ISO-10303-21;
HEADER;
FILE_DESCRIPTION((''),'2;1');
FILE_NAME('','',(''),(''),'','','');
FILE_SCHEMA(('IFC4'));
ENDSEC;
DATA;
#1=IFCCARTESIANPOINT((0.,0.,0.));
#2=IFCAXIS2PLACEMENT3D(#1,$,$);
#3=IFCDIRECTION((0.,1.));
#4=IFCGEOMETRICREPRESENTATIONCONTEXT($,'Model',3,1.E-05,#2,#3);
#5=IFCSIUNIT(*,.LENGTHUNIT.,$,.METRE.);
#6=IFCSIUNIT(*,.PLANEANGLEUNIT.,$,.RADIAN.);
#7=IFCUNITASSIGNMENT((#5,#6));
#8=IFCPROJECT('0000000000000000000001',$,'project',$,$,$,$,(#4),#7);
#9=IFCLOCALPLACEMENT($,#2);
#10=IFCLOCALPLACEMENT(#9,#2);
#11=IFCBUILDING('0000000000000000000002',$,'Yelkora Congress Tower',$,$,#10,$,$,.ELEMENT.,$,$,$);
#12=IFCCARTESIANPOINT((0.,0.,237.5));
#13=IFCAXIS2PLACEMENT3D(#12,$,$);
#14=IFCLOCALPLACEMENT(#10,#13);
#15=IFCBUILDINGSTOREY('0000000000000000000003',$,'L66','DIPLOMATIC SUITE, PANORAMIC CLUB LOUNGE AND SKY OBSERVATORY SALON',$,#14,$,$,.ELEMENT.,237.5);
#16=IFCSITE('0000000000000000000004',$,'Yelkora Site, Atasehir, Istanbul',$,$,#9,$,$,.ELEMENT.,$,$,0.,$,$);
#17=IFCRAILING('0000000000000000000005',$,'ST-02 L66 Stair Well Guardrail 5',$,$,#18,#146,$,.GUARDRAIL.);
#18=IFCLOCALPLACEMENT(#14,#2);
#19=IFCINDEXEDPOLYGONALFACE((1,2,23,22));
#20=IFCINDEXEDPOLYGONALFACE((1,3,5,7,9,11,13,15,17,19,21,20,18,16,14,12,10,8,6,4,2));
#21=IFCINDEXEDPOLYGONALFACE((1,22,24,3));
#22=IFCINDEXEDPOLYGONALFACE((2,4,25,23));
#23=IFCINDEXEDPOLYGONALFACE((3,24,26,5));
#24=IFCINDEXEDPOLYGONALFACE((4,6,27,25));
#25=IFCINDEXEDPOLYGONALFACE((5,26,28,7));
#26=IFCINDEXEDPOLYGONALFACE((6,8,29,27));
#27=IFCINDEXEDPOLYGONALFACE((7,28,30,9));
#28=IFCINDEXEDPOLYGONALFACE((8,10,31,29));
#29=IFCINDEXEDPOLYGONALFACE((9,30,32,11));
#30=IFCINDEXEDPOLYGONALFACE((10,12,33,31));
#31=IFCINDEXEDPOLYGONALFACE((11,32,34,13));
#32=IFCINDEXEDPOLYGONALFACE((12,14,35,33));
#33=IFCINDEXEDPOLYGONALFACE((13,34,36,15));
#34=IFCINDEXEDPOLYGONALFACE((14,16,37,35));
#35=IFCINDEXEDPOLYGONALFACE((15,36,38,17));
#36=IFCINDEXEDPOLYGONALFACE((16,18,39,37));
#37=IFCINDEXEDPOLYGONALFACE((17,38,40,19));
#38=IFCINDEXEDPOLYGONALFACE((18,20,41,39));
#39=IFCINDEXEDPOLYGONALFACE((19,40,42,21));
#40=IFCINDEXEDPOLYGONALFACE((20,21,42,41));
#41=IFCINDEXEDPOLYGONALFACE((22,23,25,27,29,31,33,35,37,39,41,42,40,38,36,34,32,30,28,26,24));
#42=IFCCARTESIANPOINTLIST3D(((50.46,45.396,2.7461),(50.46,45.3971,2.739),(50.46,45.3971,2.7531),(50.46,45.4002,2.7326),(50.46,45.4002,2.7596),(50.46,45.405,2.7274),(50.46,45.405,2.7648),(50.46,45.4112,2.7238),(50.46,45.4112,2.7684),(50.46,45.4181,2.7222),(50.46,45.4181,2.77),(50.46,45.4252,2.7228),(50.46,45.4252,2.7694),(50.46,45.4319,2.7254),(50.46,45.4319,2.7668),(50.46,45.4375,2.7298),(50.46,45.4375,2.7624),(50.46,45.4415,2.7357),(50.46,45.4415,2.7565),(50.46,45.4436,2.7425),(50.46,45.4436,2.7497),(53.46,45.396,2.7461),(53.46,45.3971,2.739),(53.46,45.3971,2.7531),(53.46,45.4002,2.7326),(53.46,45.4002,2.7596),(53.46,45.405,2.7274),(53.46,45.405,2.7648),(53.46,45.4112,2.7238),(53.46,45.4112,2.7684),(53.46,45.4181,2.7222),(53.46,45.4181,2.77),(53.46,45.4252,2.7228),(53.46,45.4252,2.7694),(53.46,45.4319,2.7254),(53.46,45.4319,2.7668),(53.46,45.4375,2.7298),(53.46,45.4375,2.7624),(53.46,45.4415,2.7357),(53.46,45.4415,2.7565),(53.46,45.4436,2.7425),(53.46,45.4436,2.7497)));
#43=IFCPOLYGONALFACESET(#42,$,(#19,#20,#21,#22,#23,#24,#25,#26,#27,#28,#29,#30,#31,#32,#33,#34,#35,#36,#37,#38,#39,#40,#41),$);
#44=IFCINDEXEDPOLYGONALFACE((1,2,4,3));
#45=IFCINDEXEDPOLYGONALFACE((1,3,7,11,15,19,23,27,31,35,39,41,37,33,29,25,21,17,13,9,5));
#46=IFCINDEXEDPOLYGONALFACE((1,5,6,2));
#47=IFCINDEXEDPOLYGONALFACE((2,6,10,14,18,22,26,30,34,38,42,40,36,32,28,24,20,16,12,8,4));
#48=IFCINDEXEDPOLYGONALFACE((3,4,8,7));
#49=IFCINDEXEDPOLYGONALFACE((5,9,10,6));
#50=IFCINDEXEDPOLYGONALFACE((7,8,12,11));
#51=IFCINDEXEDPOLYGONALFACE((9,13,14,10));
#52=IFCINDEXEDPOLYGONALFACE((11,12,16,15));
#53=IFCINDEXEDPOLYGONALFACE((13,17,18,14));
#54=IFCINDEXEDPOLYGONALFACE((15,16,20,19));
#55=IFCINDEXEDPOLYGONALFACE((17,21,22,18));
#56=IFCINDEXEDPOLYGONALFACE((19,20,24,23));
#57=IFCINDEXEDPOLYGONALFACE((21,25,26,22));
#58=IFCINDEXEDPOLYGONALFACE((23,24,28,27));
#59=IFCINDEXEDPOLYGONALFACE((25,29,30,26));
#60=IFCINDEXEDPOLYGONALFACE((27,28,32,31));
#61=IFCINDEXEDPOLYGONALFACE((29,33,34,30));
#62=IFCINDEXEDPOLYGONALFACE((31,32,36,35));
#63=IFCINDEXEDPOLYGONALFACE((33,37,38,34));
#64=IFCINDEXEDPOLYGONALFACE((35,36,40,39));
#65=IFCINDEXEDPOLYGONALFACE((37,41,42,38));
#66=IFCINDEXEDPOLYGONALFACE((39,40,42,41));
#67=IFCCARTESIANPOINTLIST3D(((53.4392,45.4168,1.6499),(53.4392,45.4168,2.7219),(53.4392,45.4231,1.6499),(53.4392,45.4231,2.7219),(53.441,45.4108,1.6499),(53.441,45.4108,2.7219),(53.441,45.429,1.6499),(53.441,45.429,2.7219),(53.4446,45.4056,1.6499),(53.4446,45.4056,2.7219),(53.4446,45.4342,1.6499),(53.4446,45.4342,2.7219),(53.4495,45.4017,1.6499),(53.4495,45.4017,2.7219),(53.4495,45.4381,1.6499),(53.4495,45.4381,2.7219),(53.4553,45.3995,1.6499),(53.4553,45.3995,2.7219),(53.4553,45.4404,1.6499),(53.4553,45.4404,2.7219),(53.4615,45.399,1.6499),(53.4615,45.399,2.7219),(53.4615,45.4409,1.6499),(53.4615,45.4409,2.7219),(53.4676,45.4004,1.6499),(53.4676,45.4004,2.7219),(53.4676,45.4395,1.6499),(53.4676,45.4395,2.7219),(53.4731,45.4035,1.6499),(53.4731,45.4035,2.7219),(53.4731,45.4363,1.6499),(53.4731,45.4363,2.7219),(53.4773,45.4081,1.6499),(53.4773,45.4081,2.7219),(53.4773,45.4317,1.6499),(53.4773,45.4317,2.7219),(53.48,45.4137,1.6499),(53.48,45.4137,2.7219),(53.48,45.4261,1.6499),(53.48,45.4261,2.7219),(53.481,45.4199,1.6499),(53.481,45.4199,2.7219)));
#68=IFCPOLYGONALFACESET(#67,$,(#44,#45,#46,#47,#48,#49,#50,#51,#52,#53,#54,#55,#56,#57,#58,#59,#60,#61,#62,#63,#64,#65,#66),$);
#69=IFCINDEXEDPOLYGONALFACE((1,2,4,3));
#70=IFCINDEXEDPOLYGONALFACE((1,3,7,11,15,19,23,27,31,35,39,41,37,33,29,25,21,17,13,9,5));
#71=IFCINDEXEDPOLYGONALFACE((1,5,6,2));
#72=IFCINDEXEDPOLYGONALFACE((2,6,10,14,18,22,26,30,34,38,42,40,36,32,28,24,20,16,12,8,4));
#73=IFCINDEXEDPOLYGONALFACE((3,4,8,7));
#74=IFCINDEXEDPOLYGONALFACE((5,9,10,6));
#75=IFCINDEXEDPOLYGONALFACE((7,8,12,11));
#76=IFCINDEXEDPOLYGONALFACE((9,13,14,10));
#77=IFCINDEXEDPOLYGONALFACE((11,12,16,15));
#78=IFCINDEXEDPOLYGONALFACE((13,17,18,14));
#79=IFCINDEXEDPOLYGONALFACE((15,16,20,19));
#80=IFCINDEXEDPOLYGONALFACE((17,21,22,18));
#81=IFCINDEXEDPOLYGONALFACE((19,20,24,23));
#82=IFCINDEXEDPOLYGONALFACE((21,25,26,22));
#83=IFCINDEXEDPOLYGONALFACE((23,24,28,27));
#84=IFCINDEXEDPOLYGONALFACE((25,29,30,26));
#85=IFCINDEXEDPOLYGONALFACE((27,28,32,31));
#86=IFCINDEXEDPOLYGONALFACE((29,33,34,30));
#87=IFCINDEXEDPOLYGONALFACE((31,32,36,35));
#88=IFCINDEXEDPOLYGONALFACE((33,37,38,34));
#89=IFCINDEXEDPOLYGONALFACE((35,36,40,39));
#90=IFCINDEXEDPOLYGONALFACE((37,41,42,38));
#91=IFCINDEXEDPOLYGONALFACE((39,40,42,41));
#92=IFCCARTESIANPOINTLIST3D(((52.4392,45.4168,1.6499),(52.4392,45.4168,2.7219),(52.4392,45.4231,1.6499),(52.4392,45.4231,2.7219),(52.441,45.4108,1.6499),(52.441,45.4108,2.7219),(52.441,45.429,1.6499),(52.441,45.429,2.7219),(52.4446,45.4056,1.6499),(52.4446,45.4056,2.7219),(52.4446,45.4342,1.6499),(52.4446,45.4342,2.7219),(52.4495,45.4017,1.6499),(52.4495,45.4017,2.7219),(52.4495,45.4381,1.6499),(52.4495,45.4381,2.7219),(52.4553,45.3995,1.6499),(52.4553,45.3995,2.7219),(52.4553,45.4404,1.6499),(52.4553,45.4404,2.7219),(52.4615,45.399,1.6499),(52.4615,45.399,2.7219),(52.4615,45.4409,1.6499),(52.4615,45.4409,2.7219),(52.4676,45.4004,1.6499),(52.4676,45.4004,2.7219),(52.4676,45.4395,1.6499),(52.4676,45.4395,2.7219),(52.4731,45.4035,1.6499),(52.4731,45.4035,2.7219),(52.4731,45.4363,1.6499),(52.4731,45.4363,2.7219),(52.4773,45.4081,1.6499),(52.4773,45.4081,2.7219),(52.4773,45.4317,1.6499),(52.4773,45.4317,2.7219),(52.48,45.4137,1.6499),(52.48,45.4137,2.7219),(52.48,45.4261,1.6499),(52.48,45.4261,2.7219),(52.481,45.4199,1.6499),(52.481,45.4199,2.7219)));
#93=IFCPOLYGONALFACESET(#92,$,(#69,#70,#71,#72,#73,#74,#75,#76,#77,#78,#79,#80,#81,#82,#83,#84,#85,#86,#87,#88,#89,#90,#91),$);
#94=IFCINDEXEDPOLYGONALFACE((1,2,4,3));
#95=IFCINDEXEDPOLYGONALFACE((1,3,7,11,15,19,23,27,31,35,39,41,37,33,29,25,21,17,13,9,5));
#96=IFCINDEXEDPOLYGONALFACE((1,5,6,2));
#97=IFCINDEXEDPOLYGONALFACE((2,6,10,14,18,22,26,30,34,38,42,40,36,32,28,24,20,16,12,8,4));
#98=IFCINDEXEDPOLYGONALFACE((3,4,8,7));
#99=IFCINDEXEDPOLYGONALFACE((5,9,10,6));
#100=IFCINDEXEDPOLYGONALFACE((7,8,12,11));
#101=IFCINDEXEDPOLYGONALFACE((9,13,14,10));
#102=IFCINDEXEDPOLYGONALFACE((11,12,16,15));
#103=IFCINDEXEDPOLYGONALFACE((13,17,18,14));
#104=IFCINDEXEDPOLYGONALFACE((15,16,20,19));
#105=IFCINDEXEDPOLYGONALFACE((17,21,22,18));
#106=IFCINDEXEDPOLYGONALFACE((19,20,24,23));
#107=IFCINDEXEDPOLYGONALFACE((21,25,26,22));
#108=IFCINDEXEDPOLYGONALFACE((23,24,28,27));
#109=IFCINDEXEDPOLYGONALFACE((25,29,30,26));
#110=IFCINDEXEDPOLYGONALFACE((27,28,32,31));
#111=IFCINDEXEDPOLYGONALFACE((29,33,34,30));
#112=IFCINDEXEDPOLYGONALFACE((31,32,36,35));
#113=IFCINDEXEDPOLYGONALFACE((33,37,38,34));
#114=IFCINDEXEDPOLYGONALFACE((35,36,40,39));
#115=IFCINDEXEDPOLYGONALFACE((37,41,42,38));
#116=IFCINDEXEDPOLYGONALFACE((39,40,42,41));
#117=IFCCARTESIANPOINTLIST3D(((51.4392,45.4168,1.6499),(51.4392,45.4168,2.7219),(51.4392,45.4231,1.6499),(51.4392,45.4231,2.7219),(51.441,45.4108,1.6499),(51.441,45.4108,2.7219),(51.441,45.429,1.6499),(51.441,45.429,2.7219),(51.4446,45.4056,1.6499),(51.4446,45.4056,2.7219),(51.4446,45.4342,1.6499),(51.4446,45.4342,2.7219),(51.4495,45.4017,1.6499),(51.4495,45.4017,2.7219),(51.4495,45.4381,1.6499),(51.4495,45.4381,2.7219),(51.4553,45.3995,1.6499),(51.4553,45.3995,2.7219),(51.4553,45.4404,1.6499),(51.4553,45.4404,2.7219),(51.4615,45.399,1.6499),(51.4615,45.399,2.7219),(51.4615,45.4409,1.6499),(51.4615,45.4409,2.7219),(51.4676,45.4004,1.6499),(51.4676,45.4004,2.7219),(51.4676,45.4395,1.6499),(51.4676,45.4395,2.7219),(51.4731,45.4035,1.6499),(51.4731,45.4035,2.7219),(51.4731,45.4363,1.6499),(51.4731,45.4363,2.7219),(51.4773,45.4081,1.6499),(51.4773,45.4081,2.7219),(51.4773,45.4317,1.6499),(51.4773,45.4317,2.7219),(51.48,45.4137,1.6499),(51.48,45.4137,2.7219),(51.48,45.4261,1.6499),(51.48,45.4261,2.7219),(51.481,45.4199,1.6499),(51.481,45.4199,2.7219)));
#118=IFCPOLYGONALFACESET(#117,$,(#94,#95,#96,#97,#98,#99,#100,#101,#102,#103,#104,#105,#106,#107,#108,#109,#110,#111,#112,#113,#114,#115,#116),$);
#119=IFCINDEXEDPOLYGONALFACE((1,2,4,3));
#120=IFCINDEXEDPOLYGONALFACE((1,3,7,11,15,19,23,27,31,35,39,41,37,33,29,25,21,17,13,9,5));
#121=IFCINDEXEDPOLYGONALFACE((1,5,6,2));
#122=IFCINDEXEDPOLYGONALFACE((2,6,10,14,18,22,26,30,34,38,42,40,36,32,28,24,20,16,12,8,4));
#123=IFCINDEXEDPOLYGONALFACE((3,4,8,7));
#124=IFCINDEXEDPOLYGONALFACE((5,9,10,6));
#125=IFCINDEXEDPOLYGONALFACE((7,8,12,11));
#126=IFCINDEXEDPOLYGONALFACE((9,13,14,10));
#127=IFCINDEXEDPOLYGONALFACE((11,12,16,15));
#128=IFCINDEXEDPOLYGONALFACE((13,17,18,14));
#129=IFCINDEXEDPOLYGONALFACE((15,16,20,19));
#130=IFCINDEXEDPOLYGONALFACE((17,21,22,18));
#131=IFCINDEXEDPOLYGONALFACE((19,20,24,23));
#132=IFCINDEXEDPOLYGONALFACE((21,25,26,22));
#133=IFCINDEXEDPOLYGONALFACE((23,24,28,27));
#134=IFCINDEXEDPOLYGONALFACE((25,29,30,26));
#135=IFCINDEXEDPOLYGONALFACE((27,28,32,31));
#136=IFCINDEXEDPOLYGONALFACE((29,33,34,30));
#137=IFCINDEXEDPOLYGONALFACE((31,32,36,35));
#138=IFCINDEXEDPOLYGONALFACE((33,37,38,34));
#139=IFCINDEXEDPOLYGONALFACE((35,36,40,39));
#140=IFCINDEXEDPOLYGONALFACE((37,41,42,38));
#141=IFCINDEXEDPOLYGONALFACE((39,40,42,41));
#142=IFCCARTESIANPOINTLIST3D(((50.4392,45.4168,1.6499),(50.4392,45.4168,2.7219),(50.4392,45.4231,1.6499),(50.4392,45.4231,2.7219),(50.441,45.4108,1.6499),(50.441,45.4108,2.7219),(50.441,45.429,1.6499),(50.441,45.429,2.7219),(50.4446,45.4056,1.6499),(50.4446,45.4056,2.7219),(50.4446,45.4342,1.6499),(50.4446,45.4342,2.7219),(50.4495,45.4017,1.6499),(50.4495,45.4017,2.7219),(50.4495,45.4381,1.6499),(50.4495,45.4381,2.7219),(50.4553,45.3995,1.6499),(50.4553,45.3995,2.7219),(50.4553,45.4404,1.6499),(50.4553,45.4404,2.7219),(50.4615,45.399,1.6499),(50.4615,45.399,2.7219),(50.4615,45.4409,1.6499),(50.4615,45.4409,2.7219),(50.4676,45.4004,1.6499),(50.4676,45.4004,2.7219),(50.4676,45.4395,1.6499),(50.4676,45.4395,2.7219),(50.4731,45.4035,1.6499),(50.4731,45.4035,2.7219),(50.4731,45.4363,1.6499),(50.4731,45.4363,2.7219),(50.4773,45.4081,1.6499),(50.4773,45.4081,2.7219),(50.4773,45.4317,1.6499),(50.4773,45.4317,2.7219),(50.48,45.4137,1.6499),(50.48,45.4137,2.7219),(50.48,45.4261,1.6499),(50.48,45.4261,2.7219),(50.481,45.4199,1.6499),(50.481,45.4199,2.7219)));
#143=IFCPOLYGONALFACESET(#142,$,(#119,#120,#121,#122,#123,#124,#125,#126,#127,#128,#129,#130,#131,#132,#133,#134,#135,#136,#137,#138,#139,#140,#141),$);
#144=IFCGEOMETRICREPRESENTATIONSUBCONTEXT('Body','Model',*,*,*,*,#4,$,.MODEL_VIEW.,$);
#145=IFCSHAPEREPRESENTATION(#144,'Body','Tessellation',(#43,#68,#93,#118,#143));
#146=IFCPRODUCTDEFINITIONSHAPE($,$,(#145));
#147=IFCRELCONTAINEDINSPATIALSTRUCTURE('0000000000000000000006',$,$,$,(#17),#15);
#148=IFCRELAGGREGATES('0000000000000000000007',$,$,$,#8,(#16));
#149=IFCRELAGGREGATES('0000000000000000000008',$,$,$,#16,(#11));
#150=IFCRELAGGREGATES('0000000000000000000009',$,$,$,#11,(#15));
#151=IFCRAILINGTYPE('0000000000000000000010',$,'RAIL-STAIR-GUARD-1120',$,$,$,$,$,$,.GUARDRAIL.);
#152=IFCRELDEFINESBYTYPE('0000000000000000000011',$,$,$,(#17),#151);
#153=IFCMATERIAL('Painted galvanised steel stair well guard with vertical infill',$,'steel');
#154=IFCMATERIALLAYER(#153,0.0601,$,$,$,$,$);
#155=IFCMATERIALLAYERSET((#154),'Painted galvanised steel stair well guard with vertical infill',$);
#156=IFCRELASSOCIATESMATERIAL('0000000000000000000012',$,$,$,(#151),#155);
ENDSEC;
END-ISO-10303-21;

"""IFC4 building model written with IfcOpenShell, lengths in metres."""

from ifc_helpers import new_model, si_unit, direction, frame, origin, origin_2d, place, context, subcontext, project, spatial, circle, extrude, material, layer, layer_set, type_object, element, save


model = new_model("IFC4")

# Units and contexts
model_context = context("Model", 3, precision=1e-05, world=origin(), true_north=direction((0.0, 1.0)))
body_context = subcontext(model_context, "Body", "Model", "MODEL_VIEW")
ifc_project = project(units=[si_unit("LENGTHUNIT", "METRE"), si_unit("PLANEANGLEUNIT", "RADIAN")], contexts=[model_context])

# Site, building, storey
site_placement = place(None, origin())
site = spatial("IfcSite", under=ifc_project, at=site_placement, Name="Yelkora Site, Atasehir, Istanbul", CompositionType="ELEMENT", RefElevation=0.0)
building_placement = place(site_placement, origin())
building = spatial("IfcBuilding", under=site, at=building_placement, Name="Yelkora Congress Tower", CompositionType="ELEMENT")
storey_placement = place(building_placement, frame((0.0, 0.0, 237.5)))
storey = spatial("IfcBuildingStorey", under=building, at=storey_placement, Name="L66", Description="DIPLOMATIC SUITE, PANORAMIC CLUB LOUNGE AND SKY OBSERVATORY SALON", CompositionType="ELEMENT", Elevation=237.5)

# Railing
ifc_material_1 = material(Name="Painted galvanised steel stair well guard with vertical infill", Category="steel")
ifc_layer_1 = layer(ifc_material_1, 0.0601)
ifc_layer_set_1 = layer_set([ifc_layer_1], Name="Painted galvanised steel stair well guard with vertical infill")
railing_type_1 = type_object("IfcRailingType", Name="RAIL-STAIR-GUARD-1120", PredefinedType="GUARDRAIL", material=ifc_layer_set_1)
railing_1_placement = place(storey_placement, frame((53.46, 45.4199, 1.6499)))
element("IfcRailing", 1, at=railing_1_placement, inside=storey, type_object=railing_type_1, Name="ST-02 L66 Stair Well Guardrail 5", PredefinedType="GUARDRAIL", context=body_context, shape_type="SweptSolid", body=[
    extrude(circle(Radius=0.0239, at=origin_2d()), frame((0.0, 0.0, 1.0962), z_axis=(-1.0, 0.0, 0.0), x_axis=(0.0, -1.0, 0.0)), (0.0, 0.0, 1.0), 3.0),
    extrude(circle(Radius=0.021, at=origin_2d()), origin(), (0.0, 0.0, 1.0), 1.072),
    extrude(circle(Radius=0.021, at=origin_2d()), frame((-1.0, 0.0, 0.0)), (0.0, 0.0, 1.0), 1.072),
    extrude(circle(Radius=0.021, at=origin_2d()), frame((-2.0, 0.0, 0.0)), (0.0, 0.0, 1.0), 1.072),
    extrude(circle(Radius=0.021, at=origin_2d()), frame((-3.0, 0.0, 0.0)), (0.0, 0.0, 1.0), 1.072),
])

save(model, "model.ifc")
